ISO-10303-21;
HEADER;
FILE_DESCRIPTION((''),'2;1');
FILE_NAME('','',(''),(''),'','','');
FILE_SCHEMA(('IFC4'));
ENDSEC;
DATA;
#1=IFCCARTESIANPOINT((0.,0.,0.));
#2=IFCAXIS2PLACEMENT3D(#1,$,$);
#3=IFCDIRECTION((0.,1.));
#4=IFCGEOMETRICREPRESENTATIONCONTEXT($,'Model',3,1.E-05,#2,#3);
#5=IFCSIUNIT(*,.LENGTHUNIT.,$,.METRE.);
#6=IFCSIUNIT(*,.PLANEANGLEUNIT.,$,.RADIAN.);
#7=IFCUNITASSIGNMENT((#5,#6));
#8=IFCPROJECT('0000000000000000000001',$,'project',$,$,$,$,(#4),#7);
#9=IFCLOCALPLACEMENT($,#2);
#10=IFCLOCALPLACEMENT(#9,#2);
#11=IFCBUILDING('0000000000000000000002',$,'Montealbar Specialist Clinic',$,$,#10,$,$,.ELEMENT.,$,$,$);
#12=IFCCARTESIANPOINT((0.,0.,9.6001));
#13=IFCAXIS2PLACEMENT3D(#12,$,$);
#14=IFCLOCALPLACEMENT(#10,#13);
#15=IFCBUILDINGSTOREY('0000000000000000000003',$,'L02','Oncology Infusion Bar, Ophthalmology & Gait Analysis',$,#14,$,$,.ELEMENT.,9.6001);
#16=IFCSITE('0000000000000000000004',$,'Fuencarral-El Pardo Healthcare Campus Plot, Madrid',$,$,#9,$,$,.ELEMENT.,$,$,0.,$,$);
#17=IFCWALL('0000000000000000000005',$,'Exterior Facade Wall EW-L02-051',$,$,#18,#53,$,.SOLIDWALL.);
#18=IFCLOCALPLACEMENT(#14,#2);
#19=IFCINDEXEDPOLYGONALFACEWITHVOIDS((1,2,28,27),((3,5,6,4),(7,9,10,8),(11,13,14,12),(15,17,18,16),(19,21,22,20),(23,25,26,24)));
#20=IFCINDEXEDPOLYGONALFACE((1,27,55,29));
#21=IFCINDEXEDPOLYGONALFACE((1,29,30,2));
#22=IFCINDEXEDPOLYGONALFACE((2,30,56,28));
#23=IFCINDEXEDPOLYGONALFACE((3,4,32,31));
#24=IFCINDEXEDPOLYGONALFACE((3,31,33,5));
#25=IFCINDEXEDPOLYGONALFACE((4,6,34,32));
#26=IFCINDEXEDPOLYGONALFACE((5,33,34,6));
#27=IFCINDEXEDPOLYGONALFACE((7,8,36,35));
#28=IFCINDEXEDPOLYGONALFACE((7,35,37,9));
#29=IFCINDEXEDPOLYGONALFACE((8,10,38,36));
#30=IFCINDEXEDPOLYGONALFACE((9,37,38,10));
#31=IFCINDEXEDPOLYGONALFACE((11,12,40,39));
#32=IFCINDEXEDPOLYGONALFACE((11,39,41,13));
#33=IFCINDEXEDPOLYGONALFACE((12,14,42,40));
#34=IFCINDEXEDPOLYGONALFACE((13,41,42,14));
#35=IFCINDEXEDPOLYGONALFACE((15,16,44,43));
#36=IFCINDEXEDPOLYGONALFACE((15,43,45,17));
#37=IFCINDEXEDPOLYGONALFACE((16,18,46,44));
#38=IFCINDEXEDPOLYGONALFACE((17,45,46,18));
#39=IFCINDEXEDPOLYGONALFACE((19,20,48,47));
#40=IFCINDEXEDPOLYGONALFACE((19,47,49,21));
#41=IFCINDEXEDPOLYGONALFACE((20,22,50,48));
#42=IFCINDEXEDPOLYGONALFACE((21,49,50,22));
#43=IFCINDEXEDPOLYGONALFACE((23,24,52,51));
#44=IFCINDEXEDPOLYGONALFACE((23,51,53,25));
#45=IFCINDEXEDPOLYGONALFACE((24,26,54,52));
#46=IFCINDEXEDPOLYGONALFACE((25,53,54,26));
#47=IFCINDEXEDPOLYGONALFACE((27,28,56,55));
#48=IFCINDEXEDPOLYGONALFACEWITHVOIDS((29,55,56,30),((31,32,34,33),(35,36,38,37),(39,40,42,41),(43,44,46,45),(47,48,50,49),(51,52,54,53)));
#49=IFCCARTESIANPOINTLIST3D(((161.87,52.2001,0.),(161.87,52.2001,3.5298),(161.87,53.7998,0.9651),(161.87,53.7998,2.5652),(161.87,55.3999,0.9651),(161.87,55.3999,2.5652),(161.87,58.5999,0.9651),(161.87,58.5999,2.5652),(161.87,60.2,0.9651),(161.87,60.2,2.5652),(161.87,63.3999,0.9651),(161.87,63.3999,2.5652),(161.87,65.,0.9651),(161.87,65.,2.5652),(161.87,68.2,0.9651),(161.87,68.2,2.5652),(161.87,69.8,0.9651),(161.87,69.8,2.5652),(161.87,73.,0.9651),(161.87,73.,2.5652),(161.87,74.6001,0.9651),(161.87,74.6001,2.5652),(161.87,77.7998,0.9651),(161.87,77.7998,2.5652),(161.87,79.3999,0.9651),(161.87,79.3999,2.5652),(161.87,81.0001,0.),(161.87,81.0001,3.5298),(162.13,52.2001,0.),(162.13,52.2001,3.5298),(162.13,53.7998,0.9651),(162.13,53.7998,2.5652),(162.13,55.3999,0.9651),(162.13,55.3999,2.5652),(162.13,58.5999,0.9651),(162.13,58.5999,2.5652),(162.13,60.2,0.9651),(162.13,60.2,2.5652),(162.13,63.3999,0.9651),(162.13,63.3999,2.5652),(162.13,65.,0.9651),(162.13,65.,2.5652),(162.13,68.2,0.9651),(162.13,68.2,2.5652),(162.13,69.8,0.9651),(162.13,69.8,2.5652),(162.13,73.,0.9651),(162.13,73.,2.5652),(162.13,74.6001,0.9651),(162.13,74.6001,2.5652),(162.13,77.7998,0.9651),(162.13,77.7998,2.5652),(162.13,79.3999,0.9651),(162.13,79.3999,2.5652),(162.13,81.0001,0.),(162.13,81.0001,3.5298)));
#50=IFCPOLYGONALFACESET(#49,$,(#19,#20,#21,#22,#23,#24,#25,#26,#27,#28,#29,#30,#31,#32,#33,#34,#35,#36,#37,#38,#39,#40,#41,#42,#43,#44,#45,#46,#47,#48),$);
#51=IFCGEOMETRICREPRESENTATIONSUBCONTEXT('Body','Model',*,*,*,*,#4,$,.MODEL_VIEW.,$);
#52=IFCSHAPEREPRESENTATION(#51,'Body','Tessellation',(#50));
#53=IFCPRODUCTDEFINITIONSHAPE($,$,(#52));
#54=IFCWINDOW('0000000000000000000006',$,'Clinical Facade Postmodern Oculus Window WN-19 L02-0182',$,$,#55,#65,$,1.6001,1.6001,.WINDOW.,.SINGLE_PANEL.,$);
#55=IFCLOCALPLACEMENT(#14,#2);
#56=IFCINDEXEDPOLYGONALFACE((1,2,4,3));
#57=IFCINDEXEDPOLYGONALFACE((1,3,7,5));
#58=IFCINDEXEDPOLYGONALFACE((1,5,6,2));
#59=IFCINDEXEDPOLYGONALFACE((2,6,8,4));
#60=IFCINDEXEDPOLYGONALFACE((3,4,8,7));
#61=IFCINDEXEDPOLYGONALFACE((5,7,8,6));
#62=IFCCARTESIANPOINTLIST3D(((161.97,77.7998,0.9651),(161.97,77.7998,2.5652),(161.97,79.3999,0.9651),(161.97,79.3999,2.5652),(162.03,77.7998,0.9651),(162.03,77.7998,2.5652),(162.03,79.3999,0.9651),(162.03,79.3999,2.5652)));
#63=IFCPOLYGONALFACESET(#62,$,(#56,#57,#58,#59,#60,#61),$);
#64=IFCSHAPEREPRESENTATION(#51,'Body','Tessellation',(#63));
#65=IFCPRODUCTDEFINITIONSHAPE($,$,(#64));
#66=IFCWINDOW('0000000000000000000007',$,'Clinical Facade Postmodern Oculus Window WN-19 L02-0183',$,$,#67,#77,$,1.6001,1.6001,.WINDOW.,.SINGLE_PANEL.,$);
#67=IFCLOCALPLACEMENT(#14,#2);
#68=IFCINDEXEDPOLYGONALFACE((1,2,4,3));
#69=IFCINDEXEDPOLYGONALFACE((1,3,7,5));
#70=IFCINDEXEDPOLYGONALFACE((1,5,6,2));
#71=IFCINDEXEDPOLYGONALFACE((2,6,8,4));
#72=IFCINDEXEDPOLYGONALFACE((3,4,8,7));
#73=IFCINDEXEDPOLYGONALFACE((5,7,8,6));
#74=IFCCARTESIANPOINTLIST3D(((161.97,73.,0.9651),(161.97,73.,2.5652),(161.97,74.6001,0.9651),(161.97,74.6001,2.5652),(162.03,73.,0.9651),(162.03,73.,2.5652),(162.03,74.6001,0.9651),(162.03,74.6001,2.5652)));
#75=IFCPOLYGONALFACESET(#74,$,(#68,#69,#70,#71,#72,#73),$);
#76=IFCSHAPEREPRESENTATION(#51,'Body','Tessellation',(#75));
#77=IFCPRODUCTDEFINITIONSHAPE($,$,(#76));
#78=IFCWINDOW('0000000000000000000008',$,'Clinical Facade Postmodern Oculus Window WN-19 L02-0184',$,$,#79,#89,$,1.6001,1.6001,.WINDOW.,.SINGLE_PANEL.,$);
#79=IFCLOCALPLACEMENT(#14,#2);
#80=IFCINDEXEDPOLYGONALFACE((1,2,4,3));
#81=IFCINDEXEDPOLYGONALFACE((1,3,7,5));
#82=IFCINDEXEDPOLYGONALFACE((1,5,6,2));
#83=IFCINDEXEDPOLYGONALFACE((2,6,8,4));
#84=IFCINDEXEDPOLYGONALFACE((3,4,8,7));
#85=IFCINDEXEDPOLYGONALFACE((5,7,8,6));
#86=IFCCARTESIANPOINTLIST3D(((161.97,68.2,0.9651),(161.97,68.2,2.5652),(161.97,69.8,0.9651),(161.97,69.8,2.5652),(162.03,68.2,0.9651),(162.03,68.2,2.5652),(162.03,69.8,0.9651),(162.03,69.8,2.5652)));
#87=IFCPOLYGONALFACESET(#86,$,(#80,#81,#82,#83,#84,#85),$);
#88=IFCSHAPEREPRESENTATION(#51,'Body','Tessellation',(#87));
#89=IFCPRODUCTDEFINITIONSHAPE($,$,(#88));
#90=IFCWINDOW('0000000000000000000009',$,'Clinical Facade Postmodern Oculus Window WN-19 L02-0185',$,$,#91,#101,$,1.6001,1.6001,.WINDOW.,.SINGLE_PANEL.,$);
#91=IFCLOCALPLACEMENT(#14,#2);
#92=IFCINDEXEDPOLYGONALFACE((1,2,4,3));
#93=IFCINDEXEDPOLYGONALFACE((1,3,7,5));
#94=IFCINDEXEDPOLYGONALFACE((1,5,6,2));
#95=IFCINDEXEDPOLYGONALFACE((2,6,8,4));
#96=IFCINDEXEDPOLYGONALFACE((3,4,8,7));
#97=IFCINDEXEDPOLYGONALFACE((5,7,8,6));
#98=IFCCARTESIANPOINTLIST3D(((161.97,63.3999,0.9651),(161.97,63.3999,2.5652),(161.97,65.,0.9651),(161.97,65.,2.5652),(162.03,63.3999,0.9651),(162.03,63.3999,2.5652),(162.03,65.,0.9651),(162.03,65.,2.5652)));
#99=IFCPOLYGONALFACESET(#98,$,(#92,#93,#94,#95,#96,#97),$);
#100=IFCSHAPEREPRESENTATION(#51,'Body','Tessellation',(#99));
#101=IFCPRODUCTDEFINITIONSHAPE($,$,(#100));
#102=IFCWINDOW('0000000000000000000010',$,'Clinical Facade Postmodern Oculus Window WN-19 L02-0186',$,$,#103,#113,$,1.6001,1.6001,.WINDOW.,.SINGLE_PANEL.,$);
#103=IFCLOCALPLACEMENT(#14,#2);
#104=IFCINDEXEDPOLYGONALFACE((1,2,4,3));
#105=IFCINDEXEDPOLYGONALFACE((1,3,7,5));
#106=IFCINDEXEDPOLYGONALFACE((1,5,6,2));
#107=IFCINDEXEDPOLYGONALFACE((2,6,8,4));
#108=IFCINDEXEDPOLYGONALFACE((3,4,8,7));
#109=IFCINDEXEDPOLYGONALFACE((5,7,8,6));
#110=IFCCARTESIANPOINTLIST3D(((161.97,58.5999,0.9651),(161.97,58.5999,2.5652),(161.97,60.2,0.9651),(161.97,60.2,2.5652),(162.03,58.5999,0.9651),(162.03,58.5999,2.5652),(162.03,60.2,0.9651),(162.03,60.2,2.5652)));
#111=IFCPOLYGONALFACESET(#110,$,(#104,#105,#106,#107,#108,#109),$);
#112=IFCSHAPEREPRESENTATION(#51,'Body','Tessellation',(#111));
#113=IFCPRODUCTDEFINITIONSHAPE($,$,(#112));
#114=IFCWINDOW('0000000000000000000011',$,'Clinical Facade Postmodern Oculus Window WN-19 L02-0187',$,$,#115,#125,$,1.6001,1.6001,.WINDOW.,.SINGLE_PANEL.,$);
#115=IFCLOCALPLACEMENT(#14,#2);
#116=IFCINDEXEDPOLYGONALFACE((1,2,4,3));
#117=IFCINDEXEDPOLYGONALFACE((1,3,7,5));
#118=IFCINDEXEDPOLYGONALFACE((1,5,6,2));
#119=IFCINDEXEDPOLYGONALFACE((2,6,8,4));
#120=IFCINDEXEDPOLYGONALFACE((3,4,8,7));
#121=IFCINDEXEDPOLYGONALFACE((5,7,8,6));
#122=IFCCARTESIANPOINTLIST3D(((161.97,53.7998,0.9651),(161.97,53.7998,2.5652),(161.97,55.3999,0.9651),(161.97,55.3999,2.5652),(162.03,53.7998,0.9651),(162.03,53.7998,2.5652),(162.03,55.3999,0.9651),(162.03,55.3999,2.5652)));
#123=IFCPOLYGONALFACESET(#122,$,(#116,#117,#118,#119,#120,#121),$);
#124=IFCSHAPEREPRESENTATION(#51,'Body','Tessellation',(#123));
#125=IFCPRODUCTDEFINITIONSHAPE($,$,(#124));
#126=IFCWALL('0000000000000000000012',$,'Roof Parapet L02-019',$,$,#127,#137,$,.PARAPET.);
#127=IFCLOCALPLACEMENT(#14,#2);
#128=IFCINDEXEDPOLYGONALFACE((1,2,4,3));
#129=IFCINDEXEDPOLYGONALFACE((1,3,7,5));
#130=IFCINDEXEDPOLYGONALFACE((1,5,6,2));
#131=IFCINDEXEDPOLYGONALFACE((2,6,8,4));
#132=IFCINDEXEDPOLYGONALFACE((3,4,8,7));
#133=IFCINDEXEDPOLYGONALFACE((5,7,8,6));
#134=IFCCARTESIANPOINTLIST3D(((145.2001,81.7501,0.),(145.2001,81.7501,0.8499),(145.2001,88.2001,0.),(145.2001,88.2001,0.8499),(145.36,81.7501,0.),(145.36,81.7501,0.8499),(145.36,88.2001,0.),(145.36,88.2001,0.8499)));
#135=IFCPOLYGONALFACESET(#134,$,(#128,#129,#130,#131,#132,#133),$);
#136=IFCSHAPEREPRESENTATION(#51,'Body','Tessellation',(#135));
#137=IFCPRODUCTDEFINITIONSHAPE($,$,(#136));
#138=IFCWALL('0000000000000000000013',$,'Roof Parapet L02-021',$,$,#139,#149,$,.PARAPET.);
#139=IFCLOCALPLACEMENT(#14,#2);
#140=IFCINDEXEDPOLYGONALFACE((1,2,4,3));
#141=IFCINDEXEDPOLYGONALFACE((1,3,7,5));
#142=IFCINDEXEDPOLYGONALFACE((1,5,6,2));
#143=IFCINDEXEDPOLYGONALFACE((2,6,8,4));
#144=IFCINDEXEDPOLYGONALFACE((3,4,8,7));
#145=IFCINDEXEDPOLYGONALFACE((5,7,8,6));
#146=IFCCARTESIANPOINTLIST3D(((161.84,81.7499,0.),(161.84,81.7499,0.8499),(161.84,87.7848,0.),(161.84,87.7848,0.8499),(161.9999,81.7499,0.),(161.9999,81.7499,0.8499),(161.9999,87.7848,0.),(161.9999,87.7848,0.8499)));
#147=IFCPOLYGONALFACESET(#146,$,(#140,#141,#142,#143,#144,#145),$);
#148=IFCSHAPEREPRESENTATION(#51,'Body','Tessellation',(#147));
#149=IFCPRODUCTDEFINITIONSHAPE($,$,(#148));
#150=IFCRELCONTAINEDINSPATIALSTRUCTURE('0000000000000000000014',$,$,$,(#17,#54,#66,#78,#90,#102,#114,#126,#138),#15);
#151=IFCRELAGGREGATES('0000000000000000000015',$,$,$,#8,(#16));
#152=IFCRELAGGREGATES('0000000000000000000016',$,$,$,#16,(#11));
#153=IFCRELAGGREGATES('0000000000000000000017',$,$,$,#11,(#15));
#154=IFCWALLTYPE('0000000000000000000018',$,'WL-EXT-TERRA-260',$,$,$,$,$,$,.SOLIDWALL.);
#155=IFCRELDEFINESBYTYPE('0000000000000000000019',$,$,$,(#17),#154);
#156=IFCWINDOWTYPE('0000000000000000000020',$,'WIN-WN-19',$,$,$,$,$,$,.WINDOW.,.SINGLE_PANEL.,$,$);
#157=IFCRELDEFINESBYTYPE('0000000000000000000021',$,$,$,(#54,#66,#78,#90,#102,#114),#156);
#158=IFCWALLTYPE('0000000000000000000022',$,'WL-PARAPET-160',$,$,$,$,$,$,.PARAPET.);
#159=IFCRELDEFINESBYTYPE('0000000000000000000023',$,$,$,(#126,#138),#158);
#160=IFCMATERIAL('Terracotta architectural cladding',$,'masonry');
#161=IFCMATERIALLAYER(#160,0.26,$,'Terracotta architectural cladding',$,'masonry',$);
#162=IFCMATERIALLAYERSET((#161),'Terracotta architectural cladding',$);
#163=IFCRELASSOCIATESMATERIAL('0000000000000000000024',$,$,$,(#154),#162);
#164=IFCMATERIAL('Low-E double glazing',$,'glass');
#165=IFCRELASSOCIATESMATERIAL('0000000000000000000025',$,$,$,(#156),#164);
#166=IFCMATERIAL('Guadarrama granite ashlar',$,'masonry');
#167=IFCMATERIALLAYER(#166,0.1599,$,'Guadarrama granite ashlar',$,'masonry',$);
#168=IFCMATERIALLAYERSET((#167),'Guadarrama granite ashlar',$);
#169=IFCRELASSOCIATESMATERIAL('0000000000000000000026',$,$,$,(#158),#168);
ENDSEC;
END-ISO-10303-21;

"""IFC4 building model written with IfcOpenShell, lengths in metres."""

from ifc_helpers import new_model, si_unit, direction, frame, frame_2d, origin, place, context, subcontext, project, spatial, rectangle, extrude, material, layer, layer_set, type_object, element, fill, save


model = new_model("IFC4")

# Units and contexts
model_context = context("Model", 3, precision=1e-05, world=origin(), true_north=direction((0.0, 1.0)))
body_context = subcontext(model_context, "Body", "Model", "MODEL_VIEW")
ifc_project = project(units=[si_unit("LENGTHUNIT", "METRE"), si_unit("PLANEANGLEUNIT", "RADIAN")], contexts=[model_context])

# Site, building, storey
site_placement = place(None, origin())
site = spatial("IfcSite", under=ifc_project, at=site_placement, Name="Fuencarral-El Pardo Healthcare Campus Plot, Madrid", CompositionType="ELEMENT", RefElevation=0.0)
building_placement = place(site_placement, origin())
building = spatial("IfcBuilding", under=site, at=building_placement, Name="Montealbar Specialist Clinic", CompositionType="ELEMENT")
storey_placement = place(building_placement, frame((0.0, 0.0, 9.6001)))
storey = spatial("IfcBuildingStorey", under=building, at=storey_placement, Name="L02", Description="Oncology Infusion Bar, Ophthalmology & Gait Analysis", CompositionType="ELEMENT", Elevation=9.6001)

# Wall, openings, windows
ifc_material_1 = material(Name="Terracotta architectural cladding", Category="masonry")
ifc_layer_1 = layer(ifc_material_1, 0.26, Name="Terracotta architectural cladding", Category="masonry")
ifc_layer_set_1 = layer_set([ifc_layer_1], Name="Terracotta architectural cladding")
wall_type_1 = type_object("IfcWallType", Name="WL-EXT-TERRA-260", PredefinedType="SOLIDWALL", material=ifc_layer_set_1)
ifc_material_2 = material(Name="Low-E double glazing", Category="glass")
wall_1_placement = place(storey_placement, frame((162.0, 81.0, 0.0), z_axis=(0.0, 0.0, 1.0), x_axis=(0.0, -1.0, 0.0)))
wall_1 = element("IfcWall", 1, at=wall_1_placement, inside=storey, type_object=wall_type_1, Name="Exterior Facade Wall EW-L02-051", PredefinedType="SOLIDWALL", context=body_context, shape_type="SweptSolid", body=[
    extrude(rectangle(XDim=28.8, YDim=0.26, at=frame_2d((14.3999, 0.0))), origin(), (0.0, 0.0, 1.0), 3.5298),
])
opening_1_placement = place(wall_1_placement, frame((1.6001, 0.0, 0.9651)))
opening_1 = element("IfcOpeningElement", 2, at=opening_1_placement, cuts=wall_1, PredefinedType="OPENING", context=body_context, shape_type="SweptSolid", body=[
    extrude(rectangle(XDim=1.6001, YDim=1.6001, at=frame_2d((0.8, 0.8))), frame((0.0, 0.1399, 0.0), z_axis=(0.0, -1.0, 0.0), x_axis=(1.0, 0.0, 0.0)), (0.0, 0.0, 1.0), 0.28),
])
opening_2_placement = place(wall_1_placement, frame((6.3999, 0.0, 0.9651)))
opening_2 = element("IfcOpeningElement", 3, at=opening_2_placement, cuts=wall_1, PredefinedType="OPENING", context=body_context, shape_type="SweptSolid", body=[
    extrude(rectangle(XDim=1.6001, YDim=1.6001, at=frame_2d((0.8, 0.8))), frame((0.0, 0.1399, 0.0), z_axis=(0.0, -1.0, 0.0), x_axis=(1.0, 0.0, 0.0)), (0.0, 0.0, 1.0), 0.28),
])
opening_3_placement = place(wall_1_placement, frame((11.2, 0.0, 0.9651)))
opening_3 = element("IfcOpeningElement", 4, at=opening_3_placement, cuts=wall_1, PredefinedType="OPENING", context=body_context, shape_type="SweptSolid", body=[
    extrude(rectangle(XDim=1.6001, YDim=1.6001, at=frame_2d((0.8, 0.8))), frame((0.0, 0.1399, 0.0), z_axis=(0.0, -1.0, 0.0), x_axis=(1.0, 0.0, 0.0)), (0.0, 0.0, 1.0), 0.28),
])
opening_4_placement = place(wall_1_placement, frame((16.0, 0.0, 0.9651)))
opening_4 = element("IfcOpeningElement", 5, at=opening_4_placement, cuts=wall_1, PredefinedType="OPENING", context=body_context, shape_type="SweptSolid", body=[
    extrude(rectangle(XDim=1.6001, YDim=1.6001, at=frame_2d((0.8, 0.8))), frame((0.0, 0.1399, 0.0), z_axis=(0.0, -1.0, 0.0), x_axis=(1.0, 0.0, 0.0)), (0.0, 0.0, 1.0), 0.28),
])
opening_5_placement = place(wall_1_placement, frame((20.8, 0.0, 0.9651)))
opening_5 = element("IfcOpeningElement", 6, at=opening_5_placement, cuts=wall_1, PredefinedType="OPENING", context=body_context, shape_type="SweptSolid", body=[
    extrude(rectangle(XDim=1.6001, YDim=1.6001, at=frame_2d((0.8, 0.8))), frame((0.0, 0.1399, 0.0), z_axis=(0.0, -1.0, 0.0), x_axis=(1.0, 0.0, 0.0)), (0.0, 0.0, 1.0), 0.28),
])
opening_6_placement = place(wall_1_placement, frame((25.6001, 0.0, 0.9651)))
opening_6 = element("IfcOpeningElement", 7, at=opening_6_placement, cuts=wall_1, PredefinedType="OPENING", context=body_context, shape_type="SweptSolid", body=[
    extrude(rectangle(XDim=1.6001, YDim=1.6001, at=frame_2d((0.8, 0.8))), frame((0.0, 0.1399, 0.0), z_axis=(0.0, -1.0, 0.0), x_axis=(1.0, 0.0, 0.0)), (0.0, 0.0, 1.0), 0.28),
])
window_type_1 = type_object("IfcWindowType", Name="WIN-WN-19", PartitioningType="SINGLE_PANEL", PredefinedType="WINDOW", material=ifc_material_2)
window_1_placement = place(opening_1_placement, origin())
window_1 = element("IfcWindow", 8, at=window_1_placement, inside=storey, type_object=window_type_1, Name="Clinical Facade Postmodern Oculus Window WN-19 L02-0182", OverallHeight=1.6001, OverallWidth=1.6001, PartitioningType="SINGLE_PANEL", PredefinedType="WINDOW", context=body_context, shape_type="SweptSolid", body=[
    extrude(rectangle(XDim=1.6001, YDim=1.6001, at=frame_2d((0.8, 0.8))), frame((0.0, 0.03, 0.0), z_axis=(0.0, -1.0, 0.0), x_axis=(1.0, 0.0, 0.0)), (0.0, 0.0, 1.0), 0.0601),
])
fill(opening_1, window_1)
window_2_placement = place(opening_2_placement, origin())
window_2 = element("IfcWindow", 9, at=window_2_placement, inside=storey, type_object=window_type_1, Name="Clinical Facade Postmodern Oculus Window WN-19 L02-0183", OverallHeight=1.6001, OverallWidth=1.6001, PartitioningType="SINGLE_PANEL", PredefinedType="WINDOW", context=body_context, shape_type="SweptSolid", body=[
    extrude(rectangle(XDim=1.6001, YDim=1.6001, at=frame_2d((0.8, 0.8))), frame((0.0, 0.03, 0.0), z_axis=(0.0, -1.0, 0.0), x_axis=(1.0, 0.0, 0.0)), (0.0, 0.0, 1.0), 0.0601),
])
fill(opening_2, window_2)
window_3_placement = place(opening_3_placement, origin())
window_3 = element("IfcWindow", 10, at=window_3_placement, inside=storey, type_object=window_type_1, Name="Clinical Facade Postmodern Oculus Window WN-19 L02-0184", OverallHeight=1.6001, OverallWidth=1.6001, PartitioningType="SINGLE_PANEL", PredefinedType="WINDOW", context=body_context, shape_type="SweptSolid", body=[
    extrude(rectangle(XDim=1.6001, YDim=1.6001, at=frame_2d((0.8, 0.8))), frame((0.0, 0.03, 0.0), z_axis=(0.0, -1.0, 0.0), x_axis=(1.0, 0.0, 0.0)), (0.0, 0.0, 1.0), 0.0601),
])
fill(opening_3, window_3)
window_4_placement = place(opening_4_placement, origin())
window_4 = element("IfcWindow", 11, at=window_4_placement, inside=storey, type_object=window_type_1, Name="Clinical Facade Postmodern Oculus Window WN-19 L02-0185", OverallHeight=1.6001, OverallWidth=1.6001, PartitioningType="SINGLE_PANEL", PredefinedType="WINDOW", context=body_context, shape_type="SweptSolid", body=[
    extrude(rectangle(XDim=1.6001, YDim=1.6001, at=frame_2d((0.8, 0.8))), frame((0.0, 0.03, 0.0), z_axis=(0.0, -1.0, 0.0), x_axis=(1.0, 0.0, 0.0)), (0.0, 0.0, 1.0), 0.0601),
])
fill(opening_4, window_4)
window_5_placement = place(opening_5_placement, origin())
window_5 = element("IfcWindow", 12, at=window_5_placement, inside=storey, type_object=window_type_1, Name="Clinical Facade Postmodern Oculus Window WN-19 L02-0186", OverallHeight=1.6001, OverallWidth=1.6001, PartitioningType="SINGLE_PANEL", PredefinedType="WINDOW", context=body_context, shape_type="SweptSolid", body=[
    extrude(rectangle(XDim=1.6001, YDim=1.6001, at=frame_2d((0.8, 0.8))), frame((0.0, 0.03, 0.0), z_axis=(0.0, -1.0, 0.0), x_axis=(1.0, 0.0, 0.0)), (0.0, 0.0, 1.0), 0.0601),
])
fill(opening_5, window_5)
window_6_placement = place(opening_6_placement, origin())
window_6 = element("IfcWindow", 13, at=window_6_placement, inside=storey, type_object=window_type_1, Name="Clinical Facade Postmodern Oculus Window WN-19 L02-0187", OverallHeight=1.6001, OverallWidth=1.6001, PartitioningType="SINGLE_PANEL", PredefinedType="WINDOW", context=body_context, shape_type="SweptSolid", body=[
    extrude(rectangle(XDim=1.6001, YDim=1.6001, at=frame_2d((0.8, 0.8))), frame((0.0, 0.03, 0.0), z_axis=(0.0, -1.0, 0.0), x_axis=(1.0, 0.0, 0.0)), (0.0, 0.0, 1.0), 0.0601),
])
fill(opening_6, window_6)

# Walls
ifc_material_3 = material(Name="Guadarrama granite ashlar", Category="masonry")
ifc_layer_2 = layer(ifc_material_3, 0.1599, Name="Guadarrama granite ashlar", Category="masonry")
ifc_layer_set_2 = layer_set([ifc_layer_2], Name="Guadarrama granite ashlar")
wall_type_2 = type_object("IfcWallType", Name="WL-PARAPET-160", PredefinedType="PARAPET", material=ifc_layer_set_2)
wall_2_placement = place(storey_placement, frame((145.28, 81.75, 0.0), z_axis=(0.0, 0.0, 1.0), x_axis=(0.0, 1.0, 0.0)))
element("IfcWall", 14, at=wall_2_placement, inside=storey, type_object=wall_type_2, Name="Roof Parapet L02-019", PredefinedType="PARAPET", context=body_context, shape_type="SweptSolid", body=[
    extrude(rectangle(XDim=6.45, YDim=0.1599, at=frame_2d((3.2251, 0.0))), origin(), (0.0, 0.0, 1.0), 0.8499),
])
wall_3_placement = place(storey_placement, frame((161.9199, 87.7849, 0.0), z_axis=(0.0, 0.0, 1.0), x_axis=(0.0, -1.0, 0.0)))
element("IfcWall", 15, at=wall_3_placement, inside=storey, type_object=wall_type_2, Name="Roof Parapet L02-021", PredefinedType="PARAPET", context=body_context, shape_type="SweptSolid", body=[
    extrude(rectangle(XDim=6.0349, YDim=0.1599, at=frame_2d((3.0176, 0.0))), origin(), (0.0, 0.0, 1.0), 0.8499),
])

save(model, "model.ifc")
